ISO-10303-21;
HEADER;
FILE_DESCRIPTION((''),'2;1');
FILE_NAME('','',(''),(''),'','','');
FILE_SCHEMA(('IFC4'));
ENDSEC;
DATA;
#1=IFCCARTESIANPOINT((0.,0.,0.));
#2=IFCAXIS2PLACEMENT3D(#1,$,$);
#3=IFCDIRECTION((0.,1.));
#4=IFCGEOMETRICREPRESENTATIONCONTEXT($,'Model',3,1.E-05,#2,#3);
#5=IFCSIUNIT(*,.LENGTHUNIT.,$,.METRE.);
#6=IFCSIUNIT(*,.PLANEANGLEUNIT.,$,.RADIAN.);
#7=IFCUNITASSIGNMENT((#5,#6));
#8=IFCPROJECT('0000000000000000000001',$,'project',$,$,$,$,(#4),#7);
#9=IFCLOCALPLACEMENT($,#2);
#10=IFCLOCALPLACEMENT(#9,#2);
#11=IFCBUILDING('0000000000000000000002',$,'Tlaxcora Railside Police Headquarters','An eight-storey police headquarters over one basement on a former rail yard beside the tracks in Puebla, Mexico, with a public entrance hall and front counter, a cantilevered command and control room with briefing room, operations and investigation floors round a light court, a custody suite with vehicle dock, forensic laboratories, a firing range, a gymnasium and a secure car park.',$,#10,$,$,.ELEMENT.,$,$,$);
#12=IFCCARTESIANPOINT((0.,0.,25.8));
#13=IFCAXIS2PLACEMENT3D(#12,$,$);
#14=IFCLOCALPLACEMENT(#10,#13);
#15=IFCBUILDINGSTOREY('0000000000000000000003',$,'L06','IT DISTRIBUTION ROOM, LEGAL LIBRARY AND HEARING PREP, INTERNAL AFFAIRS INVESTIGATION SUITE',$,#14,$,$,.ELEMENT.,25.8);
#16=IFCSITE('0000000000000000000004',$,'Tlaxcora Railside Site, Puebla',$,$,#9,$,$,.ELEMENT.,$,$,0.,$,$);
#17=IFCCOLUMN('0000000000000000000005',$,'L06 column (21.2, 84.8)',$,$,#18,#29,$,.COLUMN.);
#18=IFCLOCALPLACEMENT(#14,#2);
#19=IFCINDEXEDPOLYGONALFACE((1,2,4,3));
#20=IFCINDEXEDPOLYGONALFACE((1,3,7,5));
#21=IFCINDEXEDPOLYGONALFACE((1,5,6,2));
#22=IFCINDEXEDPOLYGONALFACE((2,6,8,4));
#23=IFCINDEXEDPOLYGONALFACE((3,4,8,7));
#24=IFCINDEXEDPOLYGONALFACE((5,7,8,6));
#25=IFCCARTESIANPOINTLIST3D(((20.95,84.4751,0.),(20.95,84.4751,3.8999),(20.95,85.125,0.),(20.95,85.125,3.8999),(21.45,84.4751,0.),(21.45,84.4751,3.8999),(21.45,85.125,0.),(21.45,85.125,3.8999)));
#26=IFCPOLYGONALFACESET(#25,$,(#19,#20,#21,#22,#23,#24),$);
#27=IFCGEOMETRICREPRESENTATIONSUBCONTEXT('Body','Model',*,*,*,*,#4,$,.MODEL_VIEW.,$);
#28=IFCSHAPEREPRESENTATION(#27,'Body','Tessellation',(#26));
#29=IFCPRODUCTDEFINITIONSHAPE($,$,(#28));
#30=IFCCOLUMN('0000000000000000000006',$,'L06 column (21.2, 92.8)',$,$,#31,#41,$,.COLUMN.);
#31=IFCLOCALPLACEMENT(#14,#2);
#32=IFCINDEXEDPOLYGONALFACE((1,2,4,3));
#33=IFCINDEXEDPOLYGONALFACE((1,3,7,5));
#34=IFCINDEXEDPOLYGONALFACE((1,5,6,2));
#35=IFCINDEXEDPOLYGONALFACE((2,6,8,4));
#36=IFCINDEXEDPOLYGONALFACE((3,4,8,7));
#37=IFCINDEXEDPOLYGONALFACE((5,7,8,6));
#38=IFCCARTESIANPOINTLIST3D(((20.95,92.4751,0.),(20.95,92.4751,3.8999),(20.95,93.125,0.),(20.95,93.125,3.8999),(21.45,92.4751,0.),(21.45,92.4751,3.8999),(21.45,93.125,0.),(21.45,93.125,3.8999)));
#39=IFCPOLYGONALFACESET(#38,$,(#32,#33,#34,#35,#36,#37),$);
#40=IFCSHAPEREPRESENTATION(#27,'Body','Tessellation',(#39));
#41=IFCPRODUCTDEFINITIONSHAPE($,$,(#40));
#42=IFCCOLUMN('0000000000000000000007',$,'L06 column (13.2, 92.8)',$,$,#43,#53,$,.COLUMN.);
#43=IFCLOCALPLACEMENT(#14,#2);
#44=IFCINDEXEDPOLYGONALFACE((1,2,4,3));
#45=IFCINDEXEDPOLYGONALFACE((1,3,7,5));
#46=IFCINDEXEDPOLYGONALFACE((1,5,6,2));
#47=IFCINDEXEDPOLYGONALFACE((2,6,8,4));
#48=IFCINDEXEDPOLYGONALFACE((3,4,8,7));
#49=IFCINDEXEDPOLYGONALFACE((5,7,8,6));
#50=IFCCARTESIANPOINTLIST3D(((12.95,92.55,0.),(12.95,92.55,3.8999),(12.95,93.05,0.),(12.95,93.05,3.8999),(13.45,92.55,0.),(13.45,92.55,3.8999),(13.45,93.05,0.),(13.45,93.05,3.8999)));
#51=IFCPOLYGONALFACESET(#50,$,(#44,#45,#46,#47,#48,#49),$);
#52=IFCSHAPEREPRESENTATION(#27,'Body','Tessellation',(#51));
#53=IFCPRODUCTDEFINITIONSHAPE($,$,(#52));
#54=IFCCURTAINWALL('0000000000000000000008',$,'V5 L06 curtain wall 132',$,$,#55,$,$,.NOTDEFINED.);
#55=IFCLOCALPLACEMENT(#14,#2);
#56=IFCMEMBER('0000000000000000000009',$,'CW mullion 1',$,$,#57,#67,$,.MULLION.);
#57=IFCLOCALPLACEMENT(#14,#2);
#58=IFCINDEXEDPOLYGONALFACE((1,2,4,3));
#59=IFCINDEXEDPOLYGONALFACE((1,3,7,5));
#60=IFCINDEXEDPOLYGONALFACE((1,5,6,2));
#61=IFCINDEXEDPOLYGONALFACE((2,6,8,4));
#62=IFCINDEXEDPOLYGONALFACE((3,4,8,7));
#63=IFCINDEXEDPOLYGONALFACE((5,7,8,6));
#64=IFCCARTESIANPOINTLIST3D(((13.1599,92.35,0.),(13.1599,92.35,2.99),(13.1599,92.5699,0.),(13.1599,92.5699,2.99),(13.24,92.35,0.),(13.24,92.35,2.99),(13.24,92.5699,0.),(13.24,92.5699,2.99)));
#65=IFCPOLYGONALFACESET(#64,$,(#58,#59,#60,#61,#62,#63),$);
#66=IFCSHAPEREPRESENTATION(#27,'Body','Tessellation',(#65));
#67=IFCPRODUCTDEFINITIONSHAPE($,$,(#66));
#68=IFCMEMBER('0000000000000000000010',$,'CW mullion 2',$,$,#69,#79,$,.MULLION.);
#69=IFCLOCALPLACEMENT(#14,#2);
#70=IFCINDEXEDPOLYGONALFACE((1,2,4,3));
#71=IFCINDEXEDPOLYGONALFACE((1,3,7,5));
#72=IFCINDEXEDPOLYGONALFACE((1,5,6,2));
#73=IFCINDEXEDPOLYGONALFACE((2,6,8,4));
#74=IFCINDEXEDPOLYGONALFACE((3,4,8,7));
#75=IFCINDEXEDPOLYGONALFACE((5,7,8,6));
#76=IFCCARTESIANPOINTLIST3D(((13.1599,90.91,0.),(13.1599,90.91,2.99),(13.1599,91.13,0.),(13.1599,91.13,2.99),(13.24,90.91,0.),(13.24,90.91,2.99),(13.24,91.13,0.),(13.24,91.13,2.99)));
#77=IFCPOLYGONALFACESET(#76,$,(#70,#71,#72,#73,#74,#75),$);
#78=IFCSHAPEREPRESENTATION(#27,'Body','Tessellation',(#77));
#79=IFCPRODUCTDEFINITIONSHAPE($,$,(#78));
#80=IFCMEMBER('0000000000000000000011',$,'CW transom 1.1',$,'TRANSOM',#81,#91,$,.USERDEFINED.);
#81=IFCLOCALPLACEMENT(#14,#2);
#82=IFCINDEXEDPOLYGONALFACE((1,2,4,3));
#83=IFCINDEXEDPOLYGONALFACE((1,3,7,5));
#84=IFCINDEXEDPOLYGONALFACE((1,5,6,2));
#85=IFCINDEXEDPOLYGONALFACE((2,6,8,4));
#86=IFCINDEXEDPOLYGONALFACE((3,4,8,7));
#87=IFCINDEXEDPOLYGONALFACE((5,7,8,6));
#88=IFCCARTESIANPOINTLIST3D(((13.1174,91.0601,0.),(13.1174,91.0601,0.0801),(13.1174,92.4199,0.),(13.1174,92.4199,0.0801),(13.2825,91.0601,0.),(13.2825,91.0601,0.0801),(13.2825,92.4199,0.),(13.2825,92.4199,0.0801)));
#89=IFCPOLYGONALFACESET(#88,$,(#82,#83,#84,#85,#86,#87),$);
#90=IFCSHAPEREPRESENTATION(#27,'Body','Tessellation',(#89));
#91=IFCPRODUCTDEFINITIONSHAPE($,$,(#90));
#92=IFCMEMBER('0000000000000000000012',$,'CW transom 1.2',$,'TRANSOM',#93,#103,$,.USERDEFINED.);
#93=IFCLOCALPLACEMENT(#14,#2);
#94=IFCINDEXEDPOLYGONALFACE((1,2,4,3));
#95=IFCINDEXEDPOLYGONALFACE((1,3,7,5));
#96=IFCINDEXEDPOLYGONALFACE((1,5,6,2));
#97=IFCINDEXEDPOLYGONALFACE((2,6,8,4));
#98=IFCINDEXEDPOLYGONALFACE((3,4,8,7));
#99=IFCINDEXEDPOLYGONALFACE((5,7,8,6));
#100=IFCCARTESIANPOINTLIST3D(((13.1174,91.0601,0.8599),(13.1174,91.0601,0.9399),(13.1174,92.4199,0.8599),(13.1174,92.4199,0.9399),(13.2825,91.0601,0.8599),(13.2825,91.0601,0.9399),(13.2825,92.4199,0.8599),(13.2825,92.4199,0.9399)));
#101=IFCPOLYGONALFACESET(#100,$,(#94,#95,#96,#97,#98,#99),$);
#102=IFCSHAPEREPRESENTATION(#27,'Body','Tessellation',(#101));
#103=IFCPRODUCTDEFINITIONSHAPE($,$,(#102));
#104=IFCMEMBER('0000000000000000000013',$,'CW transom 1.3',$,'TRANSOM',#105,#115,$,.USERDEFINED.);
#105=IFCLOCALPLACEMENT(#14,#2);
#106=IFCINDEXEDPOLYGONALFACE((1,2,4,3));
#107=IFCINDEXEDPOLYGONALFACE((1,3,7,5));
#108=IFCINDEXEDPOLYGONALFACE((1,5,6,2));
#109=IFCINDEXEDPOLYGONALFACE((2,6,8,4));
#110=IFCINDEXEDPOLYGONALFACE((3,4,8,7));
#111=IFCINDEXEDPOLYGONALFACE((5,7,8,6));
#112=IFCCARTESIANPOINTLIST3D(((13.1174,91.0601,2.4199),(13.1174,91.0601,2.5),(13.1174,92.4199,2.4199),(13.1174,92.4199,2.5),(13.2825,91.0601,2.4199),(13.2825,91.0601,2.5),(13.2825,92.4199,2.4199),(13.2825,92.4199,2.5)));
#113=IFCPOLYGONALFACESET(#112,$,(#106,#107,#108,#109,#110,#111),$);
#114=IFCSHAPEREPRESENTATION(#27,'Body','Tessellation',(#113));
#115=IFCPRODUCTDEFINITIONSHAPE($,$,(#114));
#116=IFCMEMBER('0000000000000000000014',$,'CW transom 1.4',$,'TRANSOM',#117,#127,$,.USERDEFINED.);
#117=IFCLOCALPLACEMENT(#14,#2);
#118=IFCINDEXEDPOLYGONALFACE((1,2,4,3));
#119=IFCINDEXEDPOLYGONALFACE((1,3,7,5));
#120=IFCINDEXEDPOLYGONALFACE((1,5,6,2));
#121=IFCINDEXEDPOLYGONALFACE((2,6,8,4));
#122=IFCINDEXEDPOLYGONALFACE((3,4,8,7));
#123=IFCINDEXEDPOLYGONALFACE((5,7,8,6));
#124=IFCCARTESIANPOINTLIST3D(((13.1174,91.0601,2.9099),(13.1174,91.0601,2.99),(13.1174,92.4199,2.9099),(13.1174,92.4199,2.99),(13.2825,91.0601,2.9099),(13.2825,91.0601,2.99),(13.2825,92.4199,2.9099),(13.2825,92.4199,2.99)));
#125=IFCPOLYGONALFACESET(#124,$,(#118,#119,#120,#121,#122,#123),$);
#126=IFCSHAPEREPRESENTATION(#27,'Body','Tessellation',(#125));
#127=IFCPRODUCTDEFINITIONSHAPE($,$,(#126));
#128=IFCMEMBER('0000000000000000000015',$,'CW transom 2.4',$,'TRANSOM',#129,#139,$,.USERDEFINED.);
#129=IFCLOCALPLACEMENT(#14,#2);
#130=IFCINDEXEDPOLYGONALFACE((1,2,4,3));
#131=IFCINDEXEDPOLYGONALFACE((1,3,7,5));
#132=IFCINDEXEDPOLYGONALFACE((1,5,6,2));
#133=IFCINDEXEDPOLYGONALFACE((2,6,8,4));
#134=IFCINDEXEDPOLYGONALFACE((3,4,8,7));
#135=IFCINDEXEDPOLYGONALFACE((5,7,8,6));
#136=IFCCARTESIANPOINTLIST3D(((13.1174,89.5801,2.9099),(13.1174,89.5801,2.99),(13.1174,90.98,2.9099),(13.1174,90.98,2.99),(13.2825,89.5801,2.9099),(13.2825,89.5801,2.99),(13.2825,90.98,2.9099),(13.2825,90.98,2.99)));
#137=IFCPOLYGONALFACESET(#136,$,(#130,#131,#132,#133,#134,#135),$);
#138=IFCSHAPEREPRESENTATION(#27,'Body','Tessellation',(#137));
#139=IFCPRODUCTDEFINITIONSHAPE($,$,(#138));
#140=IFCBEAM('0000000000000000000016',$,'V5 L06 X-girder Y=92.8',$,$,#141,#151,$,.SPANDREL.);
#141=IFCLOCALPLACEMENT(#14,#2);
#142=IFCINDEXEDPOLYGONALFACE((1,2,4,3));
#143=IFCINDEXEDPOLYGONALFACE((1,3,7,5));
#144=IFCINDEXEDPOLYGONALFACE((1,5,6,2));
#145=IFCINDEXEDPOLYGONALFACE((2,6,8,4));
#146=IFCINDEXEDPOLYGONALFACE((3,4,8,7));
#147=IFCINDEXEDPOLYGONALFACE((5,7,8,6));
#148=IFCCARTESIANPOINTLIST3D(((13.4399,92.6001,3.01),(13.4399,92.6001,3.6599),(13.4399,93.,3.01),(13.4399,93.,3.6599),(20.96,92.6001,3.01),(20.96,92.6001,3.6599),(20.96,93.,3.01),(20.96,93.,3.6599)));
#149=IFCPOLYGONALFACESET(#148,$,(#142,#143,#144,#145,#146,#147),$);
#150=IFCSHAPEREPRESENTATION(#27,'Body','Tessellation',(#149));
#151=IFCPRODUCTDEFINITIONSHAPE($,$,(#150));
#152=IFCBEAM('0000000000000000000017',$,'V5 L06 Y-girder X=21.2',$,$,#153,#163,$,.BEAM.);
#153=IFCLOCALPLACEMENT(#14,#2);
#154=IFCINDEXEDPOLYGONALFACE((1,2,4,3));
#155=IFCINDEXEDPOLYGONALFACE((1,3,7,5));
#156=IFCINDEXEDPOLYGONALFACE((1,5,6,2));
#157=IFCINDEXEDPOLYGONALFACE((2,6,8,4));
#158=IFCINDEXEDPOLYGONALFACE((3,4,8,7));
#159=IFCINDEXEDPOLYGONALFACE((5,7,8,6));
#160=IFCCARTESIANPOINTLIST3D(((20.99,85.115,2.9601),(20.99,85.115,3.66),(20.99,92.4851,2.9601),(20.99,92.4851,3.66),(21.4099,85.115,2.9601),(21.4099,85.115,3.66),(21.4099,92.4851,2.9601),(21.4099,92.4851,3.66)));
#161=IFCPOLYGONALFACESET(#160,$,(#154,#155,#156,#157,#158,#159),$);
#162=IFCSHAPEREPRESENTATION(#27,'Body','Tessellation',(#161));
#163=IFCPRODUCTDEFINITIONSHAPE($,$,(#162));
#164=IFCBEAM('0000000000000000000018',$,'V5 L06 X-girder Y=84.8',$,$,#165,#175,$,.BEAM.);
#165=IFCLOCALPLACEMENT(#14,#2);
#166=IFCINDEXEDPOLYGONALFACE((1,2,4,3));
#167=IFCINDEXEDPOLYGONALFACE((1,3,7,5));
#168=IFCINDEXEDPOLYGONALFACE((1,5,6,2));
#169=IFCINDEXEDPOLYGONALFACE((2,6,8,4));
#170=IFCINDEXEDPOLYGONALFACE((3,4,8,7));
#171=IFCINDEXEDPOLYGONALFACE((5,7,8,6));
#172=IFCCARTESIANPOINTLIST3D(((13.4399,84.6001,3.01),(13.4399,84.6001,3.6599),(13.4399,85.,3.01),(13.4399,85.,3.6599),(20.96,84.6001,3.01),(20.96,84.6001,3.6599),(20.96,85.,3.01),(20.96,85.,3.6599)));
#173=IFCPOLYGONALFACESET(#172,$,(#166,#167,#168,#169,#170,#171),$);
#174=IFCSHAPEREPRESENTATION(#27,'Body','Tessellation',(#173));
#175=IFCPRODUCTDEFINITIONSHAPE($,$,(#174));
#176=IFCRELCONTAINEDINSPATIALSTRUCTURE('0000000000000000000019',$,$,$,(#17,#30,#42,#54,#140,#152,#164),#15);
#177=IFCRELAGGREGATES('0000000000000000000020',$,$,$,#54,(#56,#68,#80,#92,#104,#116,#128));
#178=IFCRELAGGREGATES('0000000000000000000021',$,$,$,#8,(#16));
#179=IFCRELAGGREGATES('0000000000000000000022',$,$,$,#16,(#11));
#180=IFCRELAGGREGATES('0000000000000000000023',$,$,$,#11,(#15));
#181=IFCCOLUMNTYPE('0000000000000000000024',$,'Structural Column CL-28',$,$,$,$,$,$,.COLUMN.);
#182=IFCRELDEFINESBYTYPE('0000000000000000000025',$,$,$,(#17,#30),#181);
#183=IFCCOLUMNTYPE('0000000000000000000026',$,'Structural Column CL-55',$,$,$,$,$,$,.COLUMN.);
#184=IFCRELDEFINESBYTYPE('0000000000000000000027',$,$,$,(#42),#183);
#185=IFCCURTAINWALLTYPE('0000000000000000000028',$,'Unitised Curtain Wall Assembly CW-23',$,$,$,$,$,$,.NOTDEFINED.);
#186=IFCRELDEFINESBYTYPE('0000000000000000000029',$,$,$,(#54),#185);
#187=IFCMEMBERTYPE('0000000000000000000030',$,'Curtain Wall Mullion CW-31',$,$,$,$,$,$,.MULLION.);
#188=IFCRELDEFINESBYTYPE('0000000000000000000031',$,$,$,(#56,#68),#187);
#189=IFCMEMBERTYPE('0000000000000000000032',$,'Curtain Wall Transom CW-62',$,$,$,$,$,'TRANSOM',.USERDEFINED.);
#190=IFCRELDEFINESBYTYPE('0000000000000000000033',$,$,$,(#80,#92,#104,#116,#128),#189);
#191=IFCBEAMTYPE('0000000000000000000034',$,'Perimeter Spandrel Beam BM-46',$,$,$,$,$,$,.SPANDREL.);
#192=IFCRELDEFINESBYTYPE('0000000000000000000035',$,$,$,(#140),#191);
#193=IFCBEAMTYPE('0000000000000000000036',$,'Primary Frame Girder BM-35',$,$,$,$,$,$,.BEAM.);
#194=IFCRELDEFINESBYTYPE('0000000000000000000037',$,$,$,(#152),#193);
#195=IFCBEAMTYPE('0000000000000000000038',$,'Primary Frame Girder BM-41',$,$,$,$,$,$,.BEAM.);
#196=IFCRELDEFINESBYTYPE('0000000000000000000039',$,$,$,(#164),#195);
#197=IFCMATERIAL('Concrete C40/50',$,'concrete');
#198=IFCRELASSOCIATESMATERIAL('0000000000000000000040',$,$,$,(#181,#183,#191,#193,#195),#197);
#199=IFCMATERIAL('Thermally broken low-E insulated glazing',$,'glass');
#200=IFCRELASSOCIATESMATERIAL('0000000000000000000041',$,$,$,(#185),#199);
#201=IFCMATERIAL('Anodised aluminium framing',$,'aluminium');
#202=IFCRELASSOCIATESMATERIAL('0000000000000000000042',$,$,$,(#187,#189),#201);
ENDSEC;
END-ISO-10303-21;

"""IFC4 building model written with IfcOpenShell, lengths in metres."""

from ifc_helpers import new_model, si_unit, direction, frame, origin, origin_2d, place, context, subcontext, project, spatial, rectangle, extrude, material, material_profile, profile_set, type_object, element, aggregate, save


model = new_model("IFC4")

# Units and contexts
model_context = context("Model", 3, precision=1e-05, world=origin(), true_north=direction((0.0, 1.0)))
body_context = subcontext(model_context, "Body", "Model", "MODEL_VIEW")
ifc_project = project(units=[si_unit("LENGTHUNIT", "METRE"), si_unit("PLANEANGLEUNIT", "RADIAN")], contexts=[model_context])

# Site, building, storey
site_placement = place(None, origin())
site = spatial("IfcSite", under=ifc_project, at=site_placement, Name="Tlaxcora Railside Site, Puebla", CompositionType="ELEMENT", RefElevation=0.0)
building_placement = place(site_placement, origin())
building = spatial("IfcBuilding", under=site, at=building_placement, Name="Tlaxcora Railside Police Headquarters", Description="An eight-storey police headquarters over one basement on a former rail yard beside the tracks in Puebla, Mexico, with a public entrance hall and front counter, a cantilevered command and control room with briefing room, operations and investigation floors round a light court, a custody suite with vehicle dock, forensic laboratories, a firing range, a gymnasium and a secure car park.", CompositionType="ELEMENT")
storey_placement = place(building_placement, frame((0.0, 0.0, 25.8)))
storey = spatial("IfcBuildingStorey", under=building, at=storey_placement, Name="L06", Description="IT DISTRIBUTION ROOM, LEGAL LIBRARY AND HEARING PREP, INTERNAL AFFAIRS INVESTIGATION SUITE", CompositionType="ELEMENT", Elevation=25.8)

# Columns
ifc_material_1 = material(Name="Concrete C40/50", Category="concrete")
ifc_material_profile_1 = material_profile(ifc_material_1, rectangle(XDim=0.5, YDim=0.6499, at=origin_2d()), Name="RC500X650")
ifc_profile_set_1 = profile_set([ifc_material_profile_1], Name="Concrete C40/50")
column_type_1 = type_object("IfcColumnType", Name="Structural Column CL-28", PredefinedType="COLUMN", material=ifc_profile_set_1)
for number, where, z_axis, x_axis, name in (
    (1, (21.2, 84.8, 0.0), (0.0, 0.0, 1.0), (1.0, 0.0, 0.0), "L06 column (21.2, 84.8)"),
    (2, (21.2, 92.8, 0.0), (0.0, 0.0, 1.0), (1.0, 0.0, 0.0), "L06 column (21.2, 92.8)"),
):
    element("IfcColumn", number, at=place(storey_placement, frame(where, z_axis=z_axis, x_axis=x_axis)), inside=storey, type_object=column_type_1, Name=name, PredefinedType="COLUMN", context=body_context, shape_type="SweptSolid", body=[
        extrude(rectangle(XDim=0.5, YDim=0.6499, at=origin_2d()), origin(), (0.0, 0.0, 1.0), 3.8999),
    ])
ifc_material_profile_2 = material_profile(ifc_material_1, rectangle(XDim=0.5, YDim=0.5, at=origin_2d()), Name="RC500X500")
ifc_profile_set_2 = profile_set([ifc_material_profile_2], Name="Concrete C40/50")
column_type_2 = type_object("IfcColumnType", Name="Structural Column CL-55", PredefinedType="COLUMN", material=ifc_profile_set_2)
column_placement = place(storey_placement, frame((13.2, 92.8, 0.0), z_axis=(0.0, 0.0, 1.0), x_axis=(1.0, 0.0, 0.0)))
element("IfcColumn", 3, at=column_placement, inside=storey, type_object=column_type_2, Name="L06 column (13.2, 92.8)", PredefinedType="COLUMN", context=body_context, shape_type="SweptSolid", body=[
    extrude(rectangle(XDim=0.5, YDim=0.5, at=origin_2d()), origin(), (0.0, 0.0, 1.0), 3.8999),
])

# Curtain wall, members
ifc_material_2 = material(Name="Thermally broken low-E insulated glazing", Category="glass")
curtain_wall_type = type_object("IfcCurtainWallType", Name="Unitised Curtain Wall Assembly CW-23", PredefinedType="NOTDEFINED", material=ifc_material_2)
curtain_wall_placement = place(storey_placement, origin())
curtain_wall = element("IfcCurtainWall", 4, at=curtain_wall_placement, inside=storey, type_object=curtain_wall_type, Name="V5 L06 curtain wall 132", PredefinedType="NOTDEFINED")
ifc_material_3 = material(Name="Anodised aluminium framing", Category="aluminium")
ifc_material_profile_3 = material_profile(ifc_material_3, rectangle(XDim=0.0801, YDim=0.22, at=origin_2d()), Name="AL80X220")
ifc_profile_set_3 = profile_set([ifc_material_profile_3], Name="Anodised aluminium framing")
member_type_1 = type_object("IfcMemberType", Name="Curtain Wall Mullion CW-31", PredefinedType="MULLION", material=ifc_profile_set_3)
member_1_placement = place(storey_placement, frame((13.2, 92.46, 0.0), z_axis=(0.0, 0.0, 1.0), x_axis=(1.0, 0.0, 0.0)))
member_1 = element("IfcMember", 5, at=member_1_placement, type_object=member_type_1, Name="CW mullion 1", PredefinedType="MULLION", context=body_context, shape_type="SweptSolid", body=[
    extrude(rectangle(XDim=0.0801, YDim=0.22, at=origin_2d()), origin(), (0.0, 0.0, 1.0), 2.99),
])
member_2_placement = place(storey_placement, frame((13.2, 91.02, 0.0), z_axis=(0.0, 0.0, 1.0), x_axis=(1.0, 0.0, 0.0)))
member_2 = element("IfcMember", 6, at=member_2_placement, type_object=member_type_1, Name="CW mullion 2", PredefinedType="MULLION", context=body_context, shape_type="SweptSolid", body=[
    extrude(rectangle(XDim=0.0801, YDim=0.22, at=origin_2d()), origin(), (0.0, 0.0, 1.0), 2.99),
])
ifc_material_profile_4 = material_profile(ifc_material_3, rectangle(XDim=0.165, YDim=0.0801, at=origin_2d()), Name="AL80X165")
ifc_profile_set_4 = profile_set([ifc_material_profile_4], Name="Anodised aluminium framing")
member_type_2 = type_object("IfcMemberType", Name="Curtain Wall Transom CW-62", ElementType="TRANSOM", PredefinedType="USERDEFINED", material=ifc_profile_set_4)
member_3_placement = place(storey_placement, frame((13.2, 92.4199, 0.04), z_axis=(0.0, -1.0, 0.0), x_axis=(1.0, 0.0, 0.0)))
member_3 = element("IfcMember", 7, at=member_3_placement, type_object=member_type_2, Name="CW transom 1.1", ObjectType="TRANSOM", PredefinedType="USERDEFINED", context=body_context, shape_type="SweptSolid", body=[
    extrude(rectangle(XDim=0.165, YDim=0.0801, at=origin_2d()), origin(), (0.0, 0.0, 1.0), 1.3599),
])
member_4_placement = place(storey_placement, frame((13.2, 92.4199, 0.8999), z_axis=(0.0, -1.0, 0.0), x_axis=(1.0, 0.0, 0.0)))
member_4 = element("IfcMember", 8, at=member_4_placement, type_object=member_type_2, Name="CW transom 1.2", ObjectType="TRANSOM", PredefinedType="USERDEFINED", context=body_context, shape_type="SweptSolid", body=[
    extrude(rectangle(XDim=0.165, YDim=0.0801, at=origin_2d()), origin(), (0.0, 0.0, 1.0), 1.3599),
])
member_5_placement = place(storey_placement, frame((13.2, 92.4199, 2.46), z_axis=(0.0, -1.0, 0.0), x_axis=(1.0, 0.0, 0.0)))
member_5 = element("IfcMember", 9, at=member_5_placement, type_object=member_type_2, Name="CW transom 1.3", ObjectType="TRANSOM", PredefinedType="USERDEFINED", context=body_context, shape_type="SweptSolid", body=[
    extrude(rectangle(XDim=0.165, YDim=0.0801, at=origin_2d()), origin(), (0.0, 0.0, 1.0), 1.3599),
])
member_6_placement = place(storey_placement, frame((13.2, 92.4199, 2.95), z_axis=(0.0, -1.0, 0.0), x_axis=(1.0, 0.0, 0.0)))
member_6 = element("IfcMember", 10, at=member_6_placement, type_object=member_type_2, Name="CW transom 1.4", ObjectType="TRANSOM", PredefinedType="USERDEFINED", context=body_context, shape_type="SweptSolid", body=[
    extrude(rectangle(XDim=0.165, YDim=0.0801, at=origin_2d()), origin(), (0.0, 0.0, 1.0), 1.3599),
])
member_7_placement = place(storey_placement, frame((13.2, 90.98, 2.95), z_axis=(0.0, -1.0, 0.0), x_axis=(1.0, 0.0, 0.0)))
member_7 = element("IfcMember", 11, at=member_7_placement, type_object=member_type_2, Name="CW transom 2.4", ObjectType="TRANSOM", PredefinedType="USERDEFINED", context=body_context, shape_type="SweptSolid", body=[
    extrude(rectangle(XDim=0.165, YDim=0.0801, at=origin_2d()), origin(), (0.0, 0.0, 1.0), 1.3999),
])

# Beams
ifc_material_profile_5 = material_profile(ifc_material_1, rectangle(XDim=0.3999, YDim=0.6499, at=origin_2d()), Name="RC400X650")
ifc_profile_set_5 = profile_set([ifc_material_profile_5], Name="Concrete C40/50")
beam_type_1 = type_object("IfcBeamType", Name="Perimeter Spandrel Beam BM-46", PredefinedType="SPANDREL", material=ifc_profile_set_5)
beam_1_placement = place(storey_placement, frame((13.4399, 92.8, 3.335), z_axis=(1.0, 0.0, 0.0), x_axis=(0.0, 1.0, 0.0)))
element("IfcBeam", 12, at=beam_1_placement, inside=storey, type_object=beam_type_1, Name="V5 L06 X-girder Y=92.8", PredefinedType="SPANDREL", context=body_context, shape_type="SweptSolid", body=[
    extrude(rectangle(XDim=0.3999, YDim=0.6499, at=origin_2d()), origin(), (0.0, 0.0, 1.0), 7.52),
])
ifc_material_profile_6 = material_profile(ifc_material_1, rectangle(XDim=0.4199, YDim=0.7, at=origin_2d()), Name="RC420X700")
ifc_profile_set_6 = profile_set([ifc_material_profile_6], Name="Concrete C40/50")
beam_type_2 = type_object("IfcBeamType", Name="Primary Frame Girder BM-35", PredefinedType="BEAM", material=ifc_profile_set_6)
beam_2_placement = place(storey_placement, frame((21.2, 85.115, 3.3101), z_axis=(0.0, 1.0, 0.0), x_axis=(-1.0, 0.0, 0.0)))
element("IfcBeam", 13, at=beam_2_placement, inside=storey, type_object=beam_type_2, Name="V5 L06 Y-girder X=21.2", PredefinedType="BEAM", context=body_context, shape_type="SweptSolid", body=[
    extrude(rectangle(XDim=0.4199, YDim=0.7, at=origin_2d()), origin(), (0.0, 0.0, 1.0), 7.3701),
])
ifc_material_profile_7 = material_profile(ifc_material_1, rectangle(XDim=0.3999, YDim=0.6499, at=origin_2d()), Name="RC400X650")
ifc_profile_set_7 = profile_set([ifc_material_profile_7], Name="Concrete C40/50")
beam_type_3 = type_object("IfcBeamType", Name="Primary Frame Girder BM-41", PredefinedType="BEAM", material=ifc_profile_set_7)
beam_3_placement = place(storey_placement, frame((13.4399, 84.8, 3.335), z_axis=(1.0, 0.0, 0.0), x_axis=(0.0, 1.0, 0.0)))
element("IfcBeam", 14, at=beam_3_placement, inside=storey, type_object=beam_type_3, Name="V5 L06 X-girder Y=84.8", PredefinedType="BEAM", context=body_context, shape_type="SweptSolid", body=[
    extrude(rectangle(XDim=0.3999, YDim=0.6499, at=origin_2d()), origin(), (0.0, 0.0, 1.0), 7.52),
])

aggregate(curtain_wall, [member_1, member_2, member_3, member_4, member_5, member_6, member_7])

save(model, "model.ifc")
